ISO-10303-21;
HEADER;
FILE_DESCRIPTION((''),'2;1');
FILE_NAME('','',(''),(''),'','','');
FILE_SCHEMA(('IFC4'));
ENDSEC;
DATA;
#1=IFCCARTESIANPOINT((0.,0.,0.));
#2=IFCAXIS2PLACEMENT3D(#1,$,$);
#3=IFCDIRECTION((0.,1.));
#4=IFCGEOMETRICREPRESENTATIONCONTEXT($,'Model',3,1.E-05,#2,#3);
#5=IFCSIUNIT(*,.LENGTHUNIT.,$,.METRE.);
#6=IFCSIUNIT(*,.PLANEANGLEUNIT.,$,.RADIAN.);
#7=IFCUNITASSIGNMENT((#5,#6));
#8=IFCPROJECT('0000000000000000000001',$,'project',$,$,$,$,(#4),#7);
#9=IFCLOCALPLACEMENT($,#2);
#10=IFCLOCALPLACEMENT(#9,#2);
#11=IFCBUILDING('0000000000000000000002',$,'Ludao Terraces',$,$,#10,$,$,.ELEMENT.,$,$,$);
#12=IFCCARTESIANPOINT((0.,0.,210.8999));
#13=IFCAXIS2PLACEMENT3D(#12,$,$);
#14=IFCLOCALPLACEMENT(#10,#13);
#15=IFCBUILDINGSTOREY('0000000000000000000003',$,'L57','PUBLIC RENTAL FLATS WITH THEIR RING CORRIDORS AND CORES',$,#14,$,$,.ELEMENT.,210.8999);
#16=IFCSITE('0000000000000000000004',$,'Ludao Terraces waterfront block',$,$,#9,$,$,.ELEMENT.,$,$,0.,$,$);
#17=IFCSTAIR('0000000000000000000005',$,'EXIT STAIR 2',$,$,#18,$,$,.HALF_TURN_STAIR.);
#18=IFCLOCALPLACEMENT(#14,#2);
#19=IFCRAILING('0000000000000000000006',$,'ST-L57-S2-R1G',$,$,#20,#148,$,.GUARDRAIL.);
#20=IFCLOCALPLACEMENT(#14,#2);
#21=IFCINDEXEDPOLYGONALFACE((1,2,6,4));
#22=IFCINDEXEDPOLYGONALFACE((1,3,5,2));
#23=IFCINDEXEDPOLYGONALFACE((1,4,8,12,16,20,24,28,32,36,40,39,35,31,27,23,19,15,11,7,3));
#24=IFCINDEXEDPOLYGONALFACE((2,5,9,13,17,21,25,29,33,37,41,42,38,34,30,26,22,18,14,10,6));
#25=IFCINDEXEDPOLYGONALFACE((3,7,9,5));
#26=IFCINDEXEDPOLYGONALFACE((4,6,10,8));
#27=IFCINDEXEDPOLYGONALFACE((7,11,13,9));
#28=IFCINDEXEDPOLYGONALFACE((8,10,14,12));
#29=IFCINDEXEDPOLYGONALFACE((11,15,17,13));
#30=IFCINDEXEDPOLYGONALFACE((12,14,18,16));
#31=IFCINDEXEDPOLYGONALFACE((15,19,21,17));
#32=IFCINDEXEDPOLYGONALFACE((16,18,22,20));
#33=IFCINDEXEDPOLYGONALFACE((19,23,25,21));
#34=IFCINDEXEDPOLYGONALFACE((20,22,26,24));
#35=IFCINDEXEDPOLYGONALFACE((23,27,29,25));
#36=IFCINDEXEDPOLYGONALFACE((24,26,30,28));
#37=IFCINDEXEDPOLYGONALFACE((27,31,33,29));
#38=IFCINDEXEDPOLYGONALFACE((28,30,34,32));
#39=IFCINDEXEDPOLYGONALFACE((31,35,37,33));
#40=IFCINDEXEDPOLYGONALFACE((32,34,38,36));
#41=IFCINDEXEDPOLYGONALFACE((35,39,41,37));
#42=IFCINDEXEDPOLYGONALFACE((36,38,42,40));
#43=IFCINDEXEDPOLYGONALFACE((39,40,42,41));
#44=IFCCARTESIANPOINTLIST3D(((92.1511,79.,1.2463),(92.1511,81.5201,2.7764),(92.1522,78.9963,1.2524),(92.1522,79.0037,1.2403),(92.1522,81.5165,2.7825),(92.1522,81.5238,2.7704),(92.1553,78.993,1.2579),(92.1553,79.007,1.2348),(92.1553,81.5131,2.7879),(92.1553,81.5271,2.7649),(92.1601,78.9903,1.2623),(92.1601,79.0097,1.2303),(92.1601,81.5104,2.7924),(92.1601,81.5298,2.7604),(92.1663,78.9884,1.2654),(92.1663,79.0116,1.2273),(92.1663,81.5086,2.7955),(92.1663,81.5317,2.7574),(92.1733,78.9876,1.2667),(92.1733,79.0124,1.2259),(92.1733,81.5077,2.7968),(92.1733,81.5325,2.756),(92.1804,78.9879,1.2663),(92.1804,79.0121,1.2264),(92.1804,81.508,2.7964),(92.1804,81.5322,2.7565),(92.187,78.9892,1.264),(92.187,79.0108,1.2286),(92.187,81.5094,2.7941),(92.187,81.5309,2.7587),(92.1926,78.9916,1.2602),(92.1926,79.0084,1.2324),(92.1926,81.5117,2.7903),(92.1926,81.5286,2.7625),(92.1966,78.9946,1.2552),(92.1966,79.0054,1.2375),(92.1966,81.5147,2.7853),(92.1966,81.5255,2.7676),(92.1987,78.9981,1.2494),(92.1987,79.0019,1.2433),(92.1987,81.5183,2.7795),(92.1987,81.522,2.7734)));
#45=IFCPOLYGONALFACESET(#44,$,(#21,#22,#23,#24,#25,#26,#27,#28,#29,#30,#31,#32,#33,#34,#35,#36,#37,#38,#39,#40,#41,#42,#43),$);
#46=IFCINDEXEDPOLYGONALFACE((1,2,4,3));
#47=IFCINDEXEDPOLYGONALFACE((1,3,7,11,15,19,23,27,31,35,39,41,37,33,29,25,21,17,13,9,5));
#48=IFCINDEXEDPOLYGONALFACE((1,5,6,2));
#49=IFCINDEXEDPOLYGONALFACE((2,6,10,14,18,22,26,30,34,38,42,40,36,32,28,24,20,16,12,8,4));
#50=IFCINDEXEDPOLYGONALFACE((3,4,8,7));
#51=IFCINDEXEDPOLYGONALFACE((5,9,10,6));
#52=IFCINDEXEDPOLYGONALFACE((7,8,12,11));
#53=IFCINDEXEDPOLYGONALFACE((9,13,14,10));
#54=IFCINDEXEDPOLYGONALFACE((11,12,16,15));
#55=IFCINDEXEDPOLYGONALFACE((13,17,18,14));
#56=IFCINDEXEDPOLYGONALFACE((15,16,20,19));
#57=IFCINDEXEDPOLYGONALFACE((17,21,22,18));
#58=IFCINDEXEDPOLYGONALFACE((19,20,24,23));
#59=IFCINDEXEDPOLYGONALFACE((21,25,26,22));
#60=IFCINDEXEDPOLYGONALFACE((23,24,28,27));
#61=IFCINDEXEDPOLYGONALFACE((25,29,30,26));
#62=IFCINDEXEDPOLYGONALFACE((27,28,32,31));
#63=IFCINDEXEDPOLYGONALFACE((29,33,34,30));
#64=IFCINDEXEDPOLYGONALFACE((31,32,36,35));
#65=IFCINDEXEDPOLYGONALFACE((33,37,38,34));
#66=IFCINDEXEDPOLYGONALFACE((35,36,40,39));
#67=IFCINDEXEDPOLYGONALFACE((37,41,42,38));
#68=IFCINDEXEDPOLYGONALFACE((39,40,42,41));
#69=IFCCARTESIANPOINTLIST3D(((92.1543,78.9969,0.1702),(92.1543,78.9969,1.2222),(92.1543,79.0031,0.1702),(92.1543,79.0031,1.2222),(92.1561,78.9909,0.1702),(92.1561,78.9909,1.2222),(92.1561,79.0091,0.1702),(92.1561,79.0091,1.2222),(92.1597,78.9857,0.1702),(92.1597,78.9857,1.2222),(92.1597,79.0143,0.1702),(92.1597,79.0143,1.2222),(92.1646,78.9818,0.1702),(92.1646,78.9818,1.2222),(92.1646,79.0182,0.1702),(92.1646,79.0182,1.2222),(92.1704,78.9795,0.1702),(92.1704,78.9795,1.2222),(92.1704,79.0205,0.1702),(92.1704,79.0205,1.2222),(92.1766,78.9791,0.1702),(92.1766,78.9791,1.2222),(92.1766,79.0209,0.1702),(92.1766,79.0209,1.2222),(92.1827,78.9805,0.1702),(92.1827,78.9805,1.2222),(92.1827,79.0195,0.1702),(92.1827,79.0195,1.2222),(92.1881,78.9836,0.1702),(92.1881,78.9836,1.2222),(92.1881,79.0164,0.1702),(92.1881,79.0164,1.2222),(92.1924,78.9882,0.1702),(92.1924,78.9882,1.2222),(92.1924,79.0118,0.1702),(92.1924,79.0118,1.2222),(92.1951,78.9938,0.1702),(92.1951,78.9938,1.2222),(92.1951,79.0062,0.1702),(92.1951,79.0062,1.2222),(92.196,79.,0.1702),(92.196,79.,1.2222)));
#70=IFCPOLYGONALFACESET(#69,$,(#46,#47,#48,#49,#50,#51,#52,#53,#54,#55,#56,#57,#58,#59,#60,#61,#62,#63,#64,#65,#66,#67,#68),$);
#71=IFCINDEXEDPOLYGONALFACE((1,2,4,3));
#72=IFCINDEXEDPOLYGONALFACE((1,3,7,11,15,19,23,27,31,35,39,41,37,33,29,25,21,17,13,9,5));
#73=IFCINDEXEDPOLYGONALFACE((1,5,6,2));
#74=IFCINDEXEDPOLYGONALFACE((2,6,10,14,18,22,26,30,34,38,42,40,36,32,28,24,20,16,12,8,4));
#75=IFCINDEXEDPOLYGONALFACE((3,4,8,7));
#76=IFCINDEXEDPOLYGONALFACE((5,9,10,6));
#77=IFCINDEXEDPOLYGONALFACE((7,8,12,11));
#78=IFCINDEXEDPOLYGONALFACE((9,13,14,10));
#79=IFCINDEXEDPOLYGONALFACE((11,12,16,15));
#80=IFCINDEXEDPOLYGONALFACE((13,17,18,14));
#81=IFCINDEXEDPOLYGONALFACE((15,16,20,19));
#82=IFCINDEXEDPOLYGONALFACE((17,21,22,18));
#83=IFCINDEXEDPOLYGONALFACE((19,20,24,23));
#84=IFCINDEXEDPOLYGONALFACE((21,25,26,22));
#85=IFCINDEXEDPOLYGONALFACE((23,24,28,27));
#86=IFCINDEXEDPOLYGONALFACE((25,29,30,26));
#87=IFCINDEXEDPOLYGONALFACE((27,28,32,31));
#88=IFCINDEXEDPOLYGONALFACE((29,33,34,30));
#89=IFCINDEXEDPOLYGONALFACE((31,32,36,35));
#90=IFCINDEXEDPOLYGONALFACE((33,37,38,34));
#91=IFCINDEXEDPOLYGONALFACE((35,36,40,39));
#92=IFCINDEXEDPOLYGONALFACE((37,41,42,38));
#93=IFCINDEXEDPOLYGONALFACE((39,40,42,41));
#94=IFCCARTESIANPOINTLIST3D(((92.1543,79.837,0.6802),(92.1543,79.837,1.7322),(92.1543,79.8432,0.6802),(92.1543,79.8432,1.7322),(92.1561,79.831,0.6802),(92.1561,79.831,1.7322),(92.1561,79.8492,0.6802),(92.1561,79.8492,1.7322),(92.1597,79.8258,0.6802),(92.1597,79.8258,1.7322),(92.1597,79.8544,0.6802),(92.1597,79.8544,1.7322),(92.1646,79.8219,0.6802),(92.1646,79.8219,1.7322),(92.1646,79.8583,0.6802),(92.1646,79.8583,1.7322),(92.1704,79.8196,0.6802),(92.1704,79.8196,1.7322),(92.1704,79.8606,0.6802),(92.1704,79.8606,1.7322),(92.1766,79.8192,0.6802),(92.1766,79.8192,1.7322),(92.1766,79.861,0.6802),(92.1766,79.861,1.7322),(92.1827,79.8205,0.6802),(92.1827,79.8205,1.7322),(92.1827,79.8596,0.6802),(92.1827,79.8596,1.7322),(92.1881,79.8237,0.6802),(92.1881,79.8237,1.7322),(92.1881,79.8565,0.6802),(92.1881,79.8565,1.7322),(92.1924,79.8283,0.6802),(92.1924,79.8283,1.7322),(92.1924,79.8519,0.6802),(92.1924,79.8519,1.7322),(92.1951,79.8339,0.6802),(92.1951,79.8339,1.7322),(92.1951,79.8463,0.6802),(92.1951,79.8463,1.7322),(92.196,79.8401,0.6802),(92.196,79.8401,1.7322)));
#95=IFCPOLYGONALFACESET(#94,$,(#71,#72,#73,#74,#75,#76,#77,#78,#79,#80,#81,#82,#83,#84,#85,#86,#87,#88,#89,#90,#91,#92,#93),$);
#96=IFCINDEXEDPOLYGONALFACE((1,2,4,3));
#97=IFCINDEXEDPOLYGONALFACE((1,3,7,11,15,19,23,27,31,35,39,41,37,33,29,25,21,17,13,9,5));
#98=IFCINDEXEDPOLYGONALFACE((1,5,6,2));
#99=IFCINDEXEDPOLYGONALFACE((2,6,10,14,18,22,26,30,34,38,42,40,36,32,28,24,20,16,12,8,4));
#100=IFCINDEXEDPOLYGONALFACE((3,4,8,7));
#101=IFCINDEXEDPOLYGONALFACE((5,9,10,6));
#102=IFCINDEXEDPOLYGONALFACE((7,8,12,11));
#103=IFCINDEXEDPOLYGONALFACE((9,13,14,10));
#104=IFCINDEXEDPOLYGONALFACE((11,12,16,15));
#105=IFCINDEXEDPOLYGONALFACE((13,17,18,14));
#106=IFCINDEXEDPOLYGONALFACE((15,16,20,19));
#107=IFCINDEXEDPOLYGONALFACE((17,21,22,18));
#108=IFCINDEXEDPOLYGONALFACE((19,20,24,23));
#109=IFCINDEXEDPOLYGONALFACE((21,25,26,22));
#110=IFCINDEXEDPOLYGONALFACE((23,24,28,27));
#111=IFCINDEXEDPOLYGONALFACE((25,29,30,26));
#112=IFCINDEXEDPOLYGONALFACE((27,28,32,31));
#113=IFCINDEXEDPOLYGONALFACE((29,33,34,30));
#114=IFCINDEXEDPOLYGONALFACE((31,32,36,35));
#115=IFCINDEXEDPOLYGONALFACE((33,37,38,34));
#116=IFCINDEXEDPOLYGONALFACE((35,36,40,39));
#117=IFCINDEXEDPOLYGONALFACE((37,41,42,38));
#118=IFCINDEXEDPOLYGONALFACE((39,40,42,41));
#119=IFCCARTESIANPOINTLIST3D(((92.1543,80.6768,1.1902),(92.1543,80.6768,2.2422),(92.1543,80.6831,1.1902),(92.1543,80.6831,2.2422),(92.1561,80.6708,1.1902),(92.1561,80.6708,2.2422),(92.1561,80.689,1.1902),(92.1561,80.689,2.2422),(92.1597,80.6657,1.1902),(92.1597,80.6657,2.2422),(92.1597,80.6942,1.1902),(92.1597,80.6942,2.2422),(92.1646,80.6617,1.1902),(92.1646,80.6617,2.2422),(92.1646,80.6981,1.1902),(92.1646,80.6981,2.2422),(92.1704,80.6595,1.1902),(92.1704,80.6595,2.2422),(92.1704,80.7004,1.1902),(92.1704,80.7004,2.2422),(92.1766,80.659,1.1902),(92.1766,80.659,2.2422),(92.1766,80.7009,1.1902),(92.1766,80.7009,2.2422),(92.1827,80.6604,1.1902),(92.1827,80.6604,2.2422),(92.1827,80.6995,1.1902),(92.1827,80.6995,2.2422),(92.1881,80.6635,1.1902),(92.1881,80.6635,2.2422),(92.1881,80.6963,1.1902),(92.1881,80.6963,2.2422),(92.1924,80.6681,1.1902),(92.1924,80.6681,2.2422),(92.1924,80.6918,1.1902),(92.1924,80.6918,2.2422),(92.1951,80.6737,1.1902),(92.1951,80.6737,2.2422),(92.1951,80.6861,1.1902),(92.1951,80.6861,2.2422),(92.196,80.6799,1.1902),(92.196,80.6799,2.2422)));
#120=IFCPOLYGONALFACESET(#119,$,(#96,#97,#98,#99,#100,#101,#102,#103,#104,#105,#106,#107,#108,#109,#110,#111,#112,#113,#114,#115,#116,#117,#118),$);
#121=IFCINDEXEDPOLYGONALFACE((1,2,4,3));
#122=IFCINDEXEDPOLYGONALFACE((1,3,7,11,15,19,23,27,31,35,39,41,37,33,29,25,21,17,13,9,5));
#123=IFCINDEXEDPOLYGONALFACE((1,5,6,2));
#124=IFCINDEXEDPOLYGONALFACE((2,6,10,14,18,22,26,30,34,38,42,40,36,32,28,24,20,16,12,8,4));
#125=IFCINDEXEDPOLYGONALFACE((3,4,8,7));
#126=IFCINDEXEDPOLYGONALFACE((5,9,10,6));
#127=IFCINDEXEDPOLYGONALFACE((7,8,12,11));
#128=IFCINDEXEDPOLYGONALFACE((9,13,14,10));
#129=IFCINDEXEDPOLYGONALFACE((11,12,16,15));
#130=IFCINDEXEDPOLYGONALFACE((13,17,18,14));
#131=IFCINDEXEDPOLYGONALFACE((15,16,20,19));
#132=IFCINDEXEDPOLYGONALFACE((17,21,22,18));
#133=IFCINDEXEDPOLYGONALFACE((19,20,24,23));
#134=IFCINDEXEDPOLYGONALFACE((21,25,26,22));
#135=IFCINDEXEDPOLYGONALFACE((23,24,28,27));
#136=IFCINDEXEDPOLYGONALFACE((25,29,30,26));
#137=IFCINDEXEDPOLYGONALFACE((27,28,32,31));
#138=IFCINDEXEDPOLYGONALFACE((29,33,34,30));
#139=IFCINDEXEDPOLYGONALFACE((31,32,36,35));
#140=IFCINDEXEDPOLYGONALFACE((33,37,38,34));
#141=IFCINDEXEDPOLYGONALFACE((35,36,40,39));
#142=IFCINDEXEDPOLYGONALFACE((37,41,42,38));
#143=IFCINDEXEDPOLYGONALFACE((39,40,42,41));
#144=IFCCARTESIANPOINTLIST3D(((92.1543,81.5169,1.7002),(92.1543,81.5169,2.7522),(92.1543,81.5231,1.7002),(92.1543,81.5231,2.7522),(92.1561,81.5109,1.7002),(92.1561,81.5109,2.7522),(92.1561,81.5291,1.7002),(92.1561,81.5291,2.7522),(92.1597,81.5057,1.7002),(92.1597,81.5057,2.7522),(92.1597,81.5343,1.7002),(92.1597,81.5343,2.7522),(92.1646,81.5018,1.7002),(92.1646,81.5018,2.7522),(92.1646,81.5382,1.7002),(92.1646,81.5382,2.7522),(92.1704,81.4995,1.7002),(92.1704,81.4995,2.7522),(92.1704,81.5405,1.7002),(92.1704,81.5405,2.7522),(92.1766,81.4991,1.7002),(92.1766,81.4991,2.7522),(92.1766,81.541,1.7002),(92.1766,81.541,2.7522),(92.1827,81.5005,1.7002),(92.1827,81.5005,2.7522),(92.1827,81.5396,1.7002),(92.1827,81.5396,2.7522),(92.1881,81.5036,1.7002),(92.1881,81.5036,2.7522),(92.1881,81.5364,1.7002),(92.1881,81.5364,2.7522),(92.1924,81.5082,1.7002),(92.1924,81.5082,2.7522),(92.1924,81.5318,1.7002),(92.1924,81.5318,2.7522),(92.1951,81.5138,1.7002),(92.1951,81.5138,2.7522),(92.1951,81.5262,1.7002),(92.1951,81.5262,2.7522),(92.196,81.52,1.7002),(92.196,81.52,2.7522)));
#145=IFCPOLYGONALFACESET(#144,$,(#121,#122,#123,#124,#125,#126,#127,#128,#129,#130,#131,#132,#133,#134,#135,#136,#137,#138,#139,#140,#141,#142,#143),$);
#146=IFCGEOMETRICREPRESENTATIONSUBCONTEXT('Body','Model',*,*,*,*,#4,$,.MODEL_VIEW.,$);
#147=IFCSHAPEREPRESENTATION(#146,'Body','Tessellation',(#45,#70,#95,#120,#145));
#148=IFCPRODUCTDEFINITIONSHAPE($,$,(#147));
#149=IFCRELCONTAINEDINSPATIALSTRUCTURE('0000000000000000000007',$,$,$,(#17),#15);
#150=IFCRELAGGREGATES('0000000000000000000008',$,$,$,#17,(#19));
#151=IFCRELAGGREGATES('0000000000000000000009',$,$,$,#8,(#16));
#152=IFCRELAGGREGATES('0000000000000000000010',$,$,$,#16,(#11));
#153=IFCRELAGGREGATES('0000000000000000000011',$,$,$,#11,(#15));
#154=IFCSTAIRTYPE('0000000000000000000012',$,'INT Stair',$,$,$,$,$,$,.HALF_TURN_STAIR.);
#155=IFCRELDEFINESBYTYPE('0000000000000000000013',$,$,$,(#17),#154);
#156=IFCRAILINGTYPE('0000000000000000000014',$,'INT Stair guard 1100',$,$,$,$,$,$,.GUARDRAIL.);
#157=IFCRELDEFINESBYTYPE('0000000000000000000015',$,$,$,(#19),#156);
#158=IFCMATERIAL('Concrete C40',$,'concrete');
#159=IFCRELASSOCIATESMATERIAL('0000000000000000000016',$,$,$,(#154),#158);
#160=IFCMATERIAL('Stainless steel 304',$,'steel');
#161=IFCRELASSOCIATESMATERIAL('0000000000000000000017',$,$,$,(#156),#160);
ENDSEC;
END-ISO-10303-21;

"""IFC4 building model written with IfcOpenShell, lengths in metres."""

from ifc_helpers import new_model, si_unit, direction, frame, origin, origin_2d, place, context, subcontext, project, spatial, circle, extrude, material, type_object, element, aggregate, save


model = new_model("IFC4")

# Units and contexts
model_context = context("Model", 3, precision=1e-05, world=origin(), true_north=direction((0.0, 1.0)))
body_context = subcontext(model_context, "Body", "Model", "MODEL_VIEW")
ifc_project = project(units=[si_unit("LENGTHUNIT", "METRE"), si_unit("PLANEANGLEUNIT", "RADIAN")], contexts=[model_context])

# Site, building, storey
site_placement = place(None, origin())
site = spatial("IfcSite", under=ifc_project, at=site_placement, Name="Ludao Terraces waterfront block", CompositionType="ELEMENT", RefElevation=0.0)
building_placement = place(site_placement, origin())
building = spatial("IfcBuilding", under=site, at=building_placement, Name="Ludao Terraces", CompositionType="ELEMENT")
storey_placement = place(building_placement, frame((0.0, 0.0, 210.8999)))
storey = spatial("IfcBuildingStorey", under=building, at=storey_placement, Name="L57", Description="PUBLIC RENTAL FLATS WITH THEIR RING CORRIDORS AND CORES", CompositionType="ELEMENT", Elevation=210.8999)

# Stair, railing
ifc_material_1 = material(Name="Concrete C40", Category="concrete")
stair_type = type_object("IfcStairType", Name="INT Stair", PredefinedType="HALF_TURN_STAIR", material=ifc_material_1)
stair_placement = place(storey_placement, origin())
stair = element("IfcStair", 1, at=stair_placement, inside=storey, type_object=stair_type, Name="EXIT STAIR 2", PredefinedType="HALF_TURN_STAIR")
ifc_material_2 = material(Name="Stainless steel 304", Category="steel")
railing_type_1 = type_object("IfcRailingType", Name="INT Stair guard 1100", PredefinedType="GUARDRAIL", material=ifc_material_2)
railing_1_placement = place(storey_placement, frame((92.175, 79.0, 0.1702)))
railing_1 = element("IfcRailing", 2, at=railing_1_placement, type_object=railing_type_1, Name="ST-L57-S2-R1G", PredefinedType="GUARDRAIL", context=body_context, shape_type="SweptSolid", body=[
    extrude(circle(Radius=0.0239, at=origin_2d()), frame((0.0, 0.0, 1.0762), z_axis=(0.0, 0.854785, 0.518982), x_axis=(-1.0, 0.0, 0.0)), (0.0, 0.0, 1.0), 2.9482),
    extrude(circle(Radius=0.021, at=origin_2d()), origin(), (0.0, 0.0, 1.0), 1.052),
    extrude(circle(Radius=0.021, at=origin_2d()), frame((0.0, 0.8401, 0.51)), (0.0, 0.0, 1.0), 1.052),
    extrude(circle(Radius=0.021, at=origin_2d()), frame((0.0, 1.6799, 1.02)), (0.0, 0.0, 1.0), 1.052),
    extrude(circle(Radius=0.021, at=origin_2d()), frame((0.0, 2.52, 1.53)), (0.0, 0.0, 1.0), 1.052),
])
aggregate(stair, [railing_1])

save(model, "model.ifc")
